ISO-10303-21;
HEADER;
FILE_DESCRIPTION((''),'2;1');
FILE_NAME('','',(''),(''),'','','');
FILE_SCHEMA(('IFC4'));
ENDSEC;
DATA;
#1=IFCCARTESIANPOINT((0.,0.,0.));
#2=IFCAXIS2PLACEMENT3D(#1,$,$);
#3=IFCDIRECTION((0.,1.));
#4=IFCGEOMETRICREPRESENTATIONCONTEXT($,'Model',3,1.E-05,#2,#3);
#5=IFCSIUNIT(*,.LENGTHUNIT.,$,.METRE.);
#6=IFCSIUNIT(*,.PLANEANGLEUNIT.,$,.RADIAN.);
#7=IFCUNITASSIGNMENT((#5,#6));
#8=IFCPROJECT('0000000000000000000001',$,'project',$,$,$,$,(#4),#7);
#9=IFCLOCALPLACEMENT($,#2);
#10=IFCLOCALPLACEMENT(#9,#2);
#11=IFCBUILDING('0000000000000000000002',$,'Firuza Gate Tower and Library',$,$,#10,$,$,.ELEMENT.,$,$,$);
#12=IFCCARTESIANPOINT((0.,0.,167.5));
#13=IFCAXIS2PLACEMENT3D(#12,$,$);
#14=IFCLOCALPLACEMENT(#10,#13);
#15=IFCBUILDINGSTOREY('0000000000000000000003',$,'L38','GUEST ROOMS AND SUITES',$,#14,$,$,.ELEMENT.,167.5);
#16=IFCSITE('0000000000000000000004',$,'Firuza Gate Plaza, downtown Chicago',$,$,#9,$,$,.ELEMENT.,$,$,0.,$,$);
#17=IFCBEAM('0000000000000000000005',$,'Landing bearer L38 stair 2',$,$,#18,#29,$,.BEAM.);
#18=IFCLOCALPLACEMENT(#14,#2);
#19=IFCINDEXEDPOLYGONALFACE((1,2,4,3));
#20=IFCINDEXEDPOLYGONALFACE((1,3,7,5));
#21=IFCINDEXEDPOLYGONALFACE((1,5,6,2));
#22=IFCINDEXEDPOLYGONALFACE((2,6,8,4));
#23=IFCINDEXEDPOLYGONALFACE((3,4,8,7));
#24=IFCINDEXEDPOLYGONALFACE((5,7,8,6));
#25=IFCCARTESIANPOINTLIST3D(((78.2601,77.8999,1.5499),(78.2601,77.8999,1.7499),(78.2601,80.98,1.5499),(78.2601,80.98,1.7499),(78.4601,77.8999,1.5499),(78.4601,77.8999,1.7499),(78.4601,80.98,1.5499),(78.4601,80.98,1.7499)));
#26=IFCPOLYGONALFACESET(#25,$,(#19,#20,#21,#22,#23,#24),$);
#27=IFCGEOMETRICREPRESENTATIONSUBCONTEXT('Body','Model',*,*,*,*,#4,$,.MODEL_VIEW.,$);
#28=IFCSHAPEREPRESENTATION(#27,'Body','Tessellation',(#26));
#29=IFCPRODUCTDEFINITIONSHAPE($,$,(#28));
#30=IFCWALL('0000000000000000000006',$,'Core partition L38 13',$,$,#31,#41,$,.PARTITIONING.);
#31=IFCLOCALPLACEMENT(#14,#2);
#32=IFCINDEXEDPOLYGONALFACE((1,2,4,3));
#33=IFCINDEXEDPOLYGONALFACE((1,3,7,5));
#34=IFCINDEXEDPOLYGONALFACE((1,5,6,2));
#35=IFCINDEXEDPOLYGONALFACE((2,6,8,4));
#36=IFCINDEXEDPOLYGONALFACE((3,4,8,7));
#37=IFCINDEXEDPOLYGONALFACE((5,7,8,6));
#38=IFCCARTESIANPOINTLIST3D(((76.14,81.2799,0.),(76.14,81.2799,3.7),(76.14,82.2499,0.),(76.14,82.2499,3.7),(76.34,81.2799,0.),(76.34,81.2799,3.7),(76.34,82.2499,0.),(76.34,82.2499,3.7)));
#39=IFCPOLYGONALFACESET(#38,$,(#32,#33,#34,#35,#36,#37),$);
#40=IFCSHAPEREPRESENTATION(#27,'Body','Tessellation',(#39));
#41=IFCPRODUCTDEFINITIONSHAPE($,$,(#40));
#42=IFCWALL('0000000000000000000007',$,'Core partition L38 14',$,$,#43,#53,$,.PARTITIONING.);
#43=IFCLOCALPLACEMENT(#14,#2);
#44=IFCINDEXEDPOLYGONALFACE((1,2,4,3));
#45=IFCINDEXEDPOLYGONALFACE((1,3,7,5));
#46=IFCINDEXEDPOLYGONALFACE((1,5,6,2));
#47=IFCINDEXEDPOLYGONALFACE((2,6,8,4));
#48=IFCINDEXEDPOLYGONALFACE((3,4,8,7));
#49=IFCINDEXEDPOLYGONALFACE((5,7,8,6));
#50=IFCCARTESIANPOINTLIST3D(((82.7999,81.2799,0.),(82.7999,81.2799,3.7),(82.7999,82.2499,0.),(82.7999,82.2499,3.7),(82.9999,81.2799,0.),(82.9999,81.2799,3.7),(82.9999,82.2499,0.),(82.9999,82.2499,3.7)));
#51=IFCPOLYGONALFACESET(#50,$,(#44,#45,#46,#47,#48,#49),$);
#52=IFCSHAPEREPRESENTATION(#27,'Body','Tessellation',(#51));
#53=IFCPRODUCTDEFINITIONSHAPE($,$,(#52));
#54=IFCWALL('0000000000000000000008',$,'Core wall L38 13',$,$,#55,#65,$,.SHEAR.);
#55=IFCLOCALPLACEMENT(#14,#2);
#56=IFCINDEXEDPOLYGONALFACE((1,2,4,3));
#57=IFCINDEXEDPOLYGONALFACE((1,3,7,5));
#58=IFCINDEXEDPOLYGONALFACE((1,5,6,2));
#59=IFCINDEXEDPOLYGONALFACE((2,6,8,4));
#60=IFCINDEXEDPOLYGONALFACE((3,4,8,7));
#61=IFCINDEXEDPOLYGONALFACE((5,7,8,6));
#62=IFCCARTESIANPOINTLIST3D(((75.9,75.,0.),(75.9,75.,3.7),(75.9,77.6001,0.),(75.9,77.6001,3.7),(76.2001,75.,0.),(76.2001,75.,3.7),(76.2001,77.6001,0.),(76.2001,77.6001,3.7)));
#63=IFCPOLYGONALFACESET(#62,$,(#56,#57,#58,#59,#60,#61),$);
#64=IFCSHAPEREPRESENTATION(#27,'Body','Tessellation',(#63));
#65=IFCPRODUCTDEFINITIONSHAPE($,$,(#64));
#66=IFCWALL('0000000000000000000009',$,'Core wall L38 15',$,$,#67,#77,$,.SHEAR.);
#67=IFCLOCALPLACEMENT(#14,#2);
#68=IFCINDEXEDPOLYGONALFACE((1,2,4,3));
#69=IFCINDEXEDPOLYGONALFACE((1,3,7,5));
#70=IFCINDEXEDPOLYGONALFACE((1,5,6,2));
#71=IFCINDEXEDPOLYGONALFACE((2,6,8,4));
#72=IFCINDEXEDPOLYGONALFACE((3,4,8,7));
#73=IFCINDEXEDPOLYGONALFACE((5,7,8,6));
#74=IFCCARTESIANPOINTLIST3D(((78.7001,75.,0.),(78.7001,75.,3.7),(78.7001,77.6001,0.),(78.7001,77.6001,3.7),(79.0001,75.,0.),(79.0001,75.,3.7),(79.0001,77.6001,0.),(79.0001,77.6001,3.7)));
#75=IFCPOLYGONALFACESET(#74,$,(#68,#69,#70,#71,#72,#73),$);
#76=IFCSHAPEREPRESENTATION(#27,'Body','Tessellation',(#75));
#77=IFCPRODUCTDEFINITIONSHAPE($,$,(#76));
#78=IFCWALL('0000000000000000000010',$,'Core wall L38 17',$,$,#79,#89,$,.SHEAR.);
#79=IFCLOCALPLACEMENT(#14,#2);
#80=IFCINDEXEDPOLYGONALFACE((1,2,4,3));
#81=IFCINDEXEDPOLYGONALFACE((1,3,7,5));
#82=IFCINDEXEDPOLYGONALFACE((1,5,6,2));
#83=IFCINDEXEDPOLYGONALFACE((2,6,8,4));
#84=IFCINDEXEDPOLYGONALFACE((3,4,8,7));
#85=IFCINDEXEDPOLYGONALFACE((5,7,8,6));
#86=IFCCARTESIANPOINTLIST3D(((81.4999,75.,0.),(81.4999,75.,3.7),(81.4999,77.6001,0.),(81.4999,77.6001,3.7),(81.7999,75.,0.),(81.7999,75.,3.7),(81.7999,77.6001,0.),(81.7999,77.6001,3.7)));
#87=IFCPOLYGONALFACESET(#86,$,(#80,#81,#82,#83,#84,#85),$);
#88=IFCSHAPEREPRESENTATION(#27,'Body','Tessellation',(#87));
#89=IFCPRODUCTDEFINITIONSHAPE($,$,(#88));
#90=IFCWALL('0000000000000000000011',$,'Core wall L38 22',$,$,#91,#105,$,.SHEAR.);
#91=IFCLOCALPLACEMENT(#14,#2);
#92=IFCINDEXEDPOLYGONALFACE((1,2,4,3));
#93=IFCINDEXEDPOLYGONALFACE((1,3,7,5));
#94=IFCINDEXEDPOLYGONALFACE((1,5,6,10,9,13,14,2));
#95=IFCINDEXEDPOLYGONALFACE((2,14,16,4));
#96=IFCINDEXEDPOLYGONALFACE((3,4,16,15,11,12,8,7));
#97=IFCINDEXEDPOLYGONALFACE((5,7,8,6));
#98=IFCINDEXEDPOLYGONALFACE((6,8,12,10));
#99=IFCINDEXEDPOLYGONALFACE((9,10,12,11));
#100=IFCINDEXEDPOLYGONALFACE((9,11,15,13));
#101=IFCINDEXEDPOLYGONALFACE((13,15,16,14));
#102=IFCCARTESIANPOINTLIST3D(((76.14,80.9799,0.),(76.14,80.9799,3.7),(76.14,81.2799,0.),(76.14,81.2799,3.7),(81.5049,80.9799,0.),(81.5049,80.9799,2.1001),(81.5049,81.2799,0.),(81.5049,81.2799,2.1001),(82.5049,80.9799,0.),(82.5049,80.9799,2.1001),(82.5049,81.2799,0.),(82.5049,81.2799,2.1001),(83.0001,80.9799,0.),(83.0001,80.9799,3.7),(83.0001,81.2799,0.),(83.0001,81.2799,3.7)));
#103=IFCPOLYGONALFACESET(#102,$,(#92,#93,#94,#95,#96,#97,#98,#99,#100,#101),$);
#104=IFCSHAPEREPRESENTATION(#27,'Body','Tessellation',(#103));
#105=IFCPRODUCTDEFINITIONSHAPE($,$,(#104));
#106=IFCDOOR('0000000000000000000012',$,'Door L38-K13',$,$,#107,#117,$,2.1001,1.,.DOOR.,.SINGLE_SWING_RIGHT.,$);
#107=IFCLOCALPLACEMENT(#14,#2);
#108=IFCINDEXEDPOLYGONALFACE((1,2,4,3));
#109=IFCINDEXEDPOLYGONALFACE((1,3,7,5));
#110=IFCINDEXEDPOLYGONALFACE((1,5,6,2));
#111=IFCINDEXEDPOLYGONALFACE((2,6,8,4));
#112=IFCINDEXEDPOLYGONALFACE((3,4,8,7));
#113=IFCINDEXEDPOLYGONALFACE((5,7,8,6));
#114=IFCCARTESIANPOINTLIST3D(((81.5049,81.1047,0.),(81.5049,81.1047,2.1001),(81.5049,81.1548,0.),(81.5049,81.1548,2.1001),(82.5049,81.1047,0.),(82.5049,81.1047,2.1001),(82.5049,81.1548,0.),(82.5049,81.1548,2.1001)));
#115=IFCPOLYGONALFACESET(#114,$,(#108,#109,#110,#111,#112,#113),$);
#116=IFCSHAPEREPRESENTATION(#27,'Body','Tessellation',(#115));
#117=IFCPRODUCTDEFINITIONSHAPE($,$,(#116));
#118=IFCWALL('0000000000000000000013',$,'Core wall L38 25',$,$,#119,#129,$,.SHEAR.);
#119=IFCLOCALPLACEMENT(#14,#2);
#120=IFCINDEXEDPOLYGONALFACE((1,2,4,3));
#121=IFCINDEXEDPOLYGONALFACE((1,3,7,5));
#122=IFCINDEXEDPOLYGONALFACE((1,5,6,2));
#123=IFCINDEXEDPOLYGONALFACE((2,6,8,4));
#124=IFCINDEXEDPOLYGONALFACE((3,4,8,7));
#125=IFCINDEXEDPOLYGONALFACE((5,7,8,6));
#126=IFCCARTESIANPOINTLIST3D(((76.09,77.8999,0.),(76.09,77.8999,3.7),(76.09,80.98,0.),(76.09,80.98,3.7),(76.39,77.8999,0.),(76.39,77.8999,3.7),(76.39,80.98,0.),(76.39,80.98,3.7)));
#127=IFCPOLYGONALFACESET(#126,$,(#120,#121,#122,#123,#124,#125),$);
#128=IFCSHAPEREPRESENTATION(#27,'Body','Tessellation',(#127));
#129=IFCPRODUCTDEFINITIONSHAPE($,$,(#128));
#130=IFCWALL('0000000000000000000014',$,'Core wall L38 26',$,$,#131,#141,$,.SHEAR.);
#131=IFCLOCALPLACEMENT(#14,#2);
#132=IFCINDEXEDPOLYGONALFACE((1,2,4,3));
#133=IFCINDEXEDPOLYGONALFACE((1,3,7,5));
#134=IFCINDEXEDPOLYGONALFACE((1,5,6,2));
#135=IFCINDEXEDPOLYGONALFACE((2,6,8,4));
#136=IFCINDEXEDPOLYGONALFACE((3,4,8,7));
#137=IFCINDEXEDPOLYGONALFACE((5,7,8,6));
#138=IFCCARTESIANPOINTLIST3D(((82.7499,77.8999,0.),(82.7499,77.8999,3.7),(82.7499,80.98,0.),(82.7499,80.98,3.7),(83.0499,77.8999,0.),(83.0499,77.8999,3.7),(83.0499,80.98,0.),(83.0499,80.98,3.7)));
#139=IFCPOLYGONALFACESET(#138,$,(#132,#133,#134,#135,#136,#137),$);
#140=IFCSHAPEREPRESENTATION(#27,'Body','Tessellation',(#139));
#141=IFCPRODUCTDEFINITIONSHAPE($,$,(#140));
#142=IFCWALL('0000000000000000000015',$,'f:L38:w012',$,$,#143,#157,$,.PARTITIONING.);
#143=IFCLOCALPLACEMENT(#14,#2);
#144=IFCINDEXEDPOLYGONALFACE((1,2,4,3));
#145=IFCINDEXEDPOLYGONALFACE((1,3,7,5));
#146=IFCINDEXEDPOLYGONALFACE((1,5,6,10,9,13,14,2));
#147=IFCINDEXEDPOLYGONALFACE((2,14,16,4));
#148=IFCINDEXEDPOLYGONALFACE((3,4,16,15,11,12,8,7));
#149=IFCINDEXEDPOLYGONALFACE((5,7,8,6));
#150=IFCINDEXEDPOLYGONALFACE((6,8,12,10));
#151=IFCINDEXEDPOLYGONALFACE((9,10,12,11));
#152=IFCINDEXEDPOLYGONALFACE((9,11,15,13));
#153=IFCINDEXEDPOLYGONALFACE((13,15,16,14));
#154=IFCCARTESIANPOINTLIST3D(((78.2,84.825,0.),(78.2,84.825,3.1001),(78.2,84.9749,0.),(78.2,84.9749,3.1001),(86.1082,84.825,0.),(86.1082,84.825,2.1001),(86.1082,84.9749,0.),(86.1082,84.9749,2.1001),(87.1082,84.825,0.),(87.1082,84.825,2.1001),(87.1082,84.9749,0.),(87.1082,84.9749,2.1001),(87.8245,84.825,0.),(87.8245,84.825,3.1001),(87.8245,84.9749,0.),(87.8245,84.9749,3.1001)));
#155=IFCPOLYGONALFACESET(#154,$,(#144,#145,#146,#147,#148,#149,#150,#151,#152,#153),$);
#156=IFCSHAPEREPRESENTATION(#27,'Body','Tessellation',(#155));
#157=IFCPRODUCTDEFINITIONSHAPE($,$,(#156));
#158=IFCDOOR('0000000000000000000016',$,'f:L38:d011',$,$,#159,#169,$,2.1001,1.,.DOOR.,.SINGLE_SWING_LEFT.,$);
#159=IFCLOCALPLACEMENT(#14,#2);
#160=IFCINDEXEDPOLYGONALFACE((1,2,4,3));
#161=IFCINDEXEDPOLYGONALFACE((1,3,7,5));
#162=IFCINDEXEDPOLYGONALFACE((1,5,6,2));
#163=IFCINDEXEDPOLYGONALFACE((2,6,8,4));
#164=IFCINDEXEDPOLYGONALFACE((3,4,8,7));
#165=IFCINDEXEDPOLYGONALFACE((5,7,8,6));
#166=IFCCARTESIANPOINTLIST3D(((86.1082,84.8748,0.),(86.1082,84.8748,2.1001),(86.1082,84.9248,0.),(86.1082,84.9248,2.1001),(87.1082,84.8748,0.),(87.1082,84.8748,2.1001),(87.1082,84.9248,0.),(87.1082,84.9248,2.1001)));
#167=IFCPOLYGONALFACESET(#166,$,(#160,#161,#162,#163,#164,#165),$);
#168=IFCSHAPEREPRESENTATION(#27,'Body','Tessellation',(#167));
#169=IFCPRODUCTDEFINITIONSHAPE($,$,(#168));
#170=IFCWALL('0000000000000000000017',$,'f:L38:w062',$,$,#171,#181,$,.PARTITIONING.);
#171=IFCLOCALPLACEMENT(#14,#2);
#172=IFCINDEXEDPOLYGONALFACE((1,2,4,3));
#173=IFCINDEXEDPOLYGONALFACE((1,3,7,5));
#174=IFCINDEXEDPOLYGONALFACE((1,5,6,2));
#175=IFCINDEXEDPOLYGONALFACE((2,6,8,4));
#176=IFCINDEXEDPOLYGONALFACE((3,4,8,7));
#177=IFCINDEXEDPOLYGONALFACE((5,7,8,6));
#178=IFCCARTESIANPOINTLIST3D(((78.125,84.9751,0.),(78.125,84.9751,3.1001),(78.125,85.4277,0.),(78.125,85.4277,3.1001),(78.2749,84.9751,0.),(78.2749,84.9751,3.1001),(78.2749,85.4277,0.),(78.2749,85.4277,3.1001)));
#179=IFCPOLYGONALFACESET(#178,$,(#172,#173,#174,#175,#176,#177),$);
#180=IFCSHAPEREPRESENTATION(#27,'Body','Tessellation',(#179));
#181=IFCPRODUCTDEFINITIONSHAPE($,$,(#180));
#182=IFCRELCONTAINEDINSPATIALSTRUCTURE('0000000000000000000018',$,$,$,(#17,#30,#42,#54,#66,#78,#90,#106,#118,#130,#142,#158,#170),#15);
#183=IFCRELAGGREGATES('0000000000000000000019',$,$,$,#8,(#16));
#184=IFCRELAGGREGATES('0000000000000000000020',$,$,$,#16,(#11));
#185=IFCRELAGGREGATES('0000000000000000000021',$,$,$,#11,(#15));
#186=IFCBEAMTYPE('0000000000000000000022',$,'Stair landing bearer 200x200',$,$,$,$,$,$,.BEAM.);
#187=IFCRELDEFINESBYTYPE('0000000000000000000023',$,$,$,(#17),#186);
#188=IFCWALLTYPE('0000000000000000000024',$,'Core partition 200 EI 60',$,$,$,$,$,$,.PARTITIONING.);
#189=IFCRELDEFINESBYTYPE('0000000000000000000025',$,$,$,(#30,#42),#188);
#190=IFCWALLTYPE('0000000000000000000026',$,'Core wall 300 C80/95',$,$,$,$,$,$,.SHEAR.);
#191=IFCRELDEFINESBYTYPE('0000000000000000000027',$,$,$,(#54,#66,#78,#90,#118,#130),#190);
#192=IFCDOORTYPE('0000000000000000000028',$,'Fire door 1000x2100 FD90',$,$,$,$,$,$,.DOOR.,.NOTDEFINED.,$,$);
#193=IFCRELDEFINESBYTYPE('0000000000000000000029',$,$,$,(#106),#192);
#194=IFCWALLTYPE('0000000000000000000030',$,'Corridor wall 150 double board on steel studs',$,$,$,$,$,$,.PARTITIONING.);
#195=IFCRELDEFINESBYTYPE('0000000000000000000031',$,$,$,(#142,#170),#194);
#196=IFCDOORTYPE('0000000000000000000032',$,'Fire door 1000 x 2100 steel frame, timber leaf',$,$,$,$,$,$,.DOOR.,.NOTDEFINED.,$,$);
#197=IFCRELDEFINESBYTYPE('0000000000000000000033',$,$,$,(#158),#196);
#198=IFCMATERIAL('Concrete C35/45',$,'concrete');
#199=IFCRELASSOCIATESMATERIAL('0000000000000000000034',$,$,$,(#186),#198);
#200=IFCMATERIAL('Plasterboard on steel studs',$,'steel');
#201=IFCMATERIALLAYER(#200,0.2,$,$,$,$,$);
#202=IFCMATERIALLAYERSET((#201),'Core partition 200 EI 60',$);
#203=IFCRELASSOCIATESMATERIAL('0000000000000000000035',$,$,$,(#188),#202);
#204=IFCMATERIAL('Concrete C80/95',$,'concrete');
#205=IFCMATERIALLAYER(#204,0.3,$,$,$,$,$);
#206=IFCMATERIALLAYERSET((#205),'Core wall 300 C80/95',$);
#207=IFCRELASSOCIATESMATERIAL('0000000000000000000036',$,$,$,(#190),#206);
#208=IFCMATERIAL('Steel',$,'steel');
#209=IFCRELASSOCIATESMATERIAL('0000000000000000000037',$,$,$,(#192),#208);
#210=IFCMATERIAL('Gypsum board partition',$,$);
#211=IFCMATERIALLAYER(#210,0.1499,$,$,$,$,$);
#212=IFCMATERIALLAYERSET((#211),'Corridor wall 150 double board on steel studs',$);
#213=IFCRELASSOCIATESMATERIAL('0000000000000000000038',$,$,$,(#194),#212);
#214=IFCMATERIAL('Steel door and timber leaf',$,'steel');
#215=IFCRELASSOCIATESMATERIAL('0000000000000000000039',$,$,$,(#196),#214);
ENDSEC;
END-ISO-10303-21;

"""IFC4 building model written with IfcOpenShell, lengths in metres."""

from ifc_helpers import new_model, si_unit, direction, frame, frame_2d, origin, origin_2d, place, context, subcontext, project, spatial, rectangle, extrude, material, layer, layer_set, material_profile, profile_set, type_object, element, fill, save


model = new_model("IFC4")

# Units and contexts
model_context = context("Model", 3, precision=1e-05, world=origin(), true_north=direction((0.0, 1.0)))
body_context = subcontext(model_context, "Body", "Model", "MODEL_VIEW")
ifc_project = project(units=[si_unit("LENGTHUNIT", "METRE"), si_unit("PLANEANGLEUNIT", "RADIAN")], contexts=[model_context])

# Site, building, storey
site_placement = place(None, origin())
site = spatial("IfcSite", under=ifc_project, at=site_placement, Name="Firuza Gate Plaza, downtown Chicago", CompositionType="ELEMENT", RefElevation=0.0)
building_placement = place(site_placement, origin())
building = spatial("IfcBuilding", under=site, at=building_placement, Name="Firuza Gate Tower and Library", CompositionType="ELEMENT")
storey_placement = place(building_placement, frame((0.0, 0.0, 167.5)))
storey = spatial("IfcBuildingStorey", under=building, at=storey_placement, Name="L38", Description="GUEST ROOMS AND SUITES", CompositionType="ELEMENT", Elevation=167.5)

# Beam
ifc_material_1 = material(Name="Concrete C35/45", Category="concrete")
ifc_material_profile = material_profile(ifc_material_1, rectangle(XDim=0.2, YDim=0.2, at=origin_2d()))
ifc_profile_set = profile_set([ifc_material_profile], Name="Concrete C35/45")
beam_type = type_object("IfcBeamType", Name="Stair landing bearer 200x200", PredefinedType="BEAM", material=ifc_profile_set)
beam_placement = place(storey_placement, frame((78.3601, 80.98, 1.6499), z_axis=(0.0, -1.0, 0.0), x_axis=(1.0, 0.0, 0.0)))
element("IfcBeam", 1, at=beam_placement, inside=storey, type_object=beam_type, Name="Landing bearer L38 stair 2", PredefinedType="BEAM", context=body_context, shape_type="SweptSolid", body=[
    extrude(rectangle(XDim=0.2, YDim=0.2, at=origin_2d()), origin(), (0.0, 0.0, 1.0), 3.0801),
])

# Walls
ifc_material_2 = material(Name="Plasterboard on steel studs", Category="steel")
ifc_layer_1 = layer(ifc_material_2, 0.2)
ifc_layer_set_1 = layer_set([ifc_layer_1], Name="Core partition 200 EI 60")
wall_type_1 = type_object("IfcWallType", Name="Core partition 200 EI 60", PredefinedType="PARTITIONING", material=ifc_layer_set_1)
for number, where, z_axis, x_axis, name in (
    (2, (76.24, 81.28, 0.0), (0.0, 0.0, 1.0), (0.0, 1.0, 0.0), "Core partition L38 13"),
    (3, (82.8999, 81.28, 0.0), (0.0, 0.0, 1.0), (0.0, 1.0, 0.0), "Core partition L38 14"),
):
    element("IfcWall", number, at=place(storey_placement, frame(where, z_axis=z_axis, x_axis=x_axis)), inside=storey, type_object=wall_type_1, Name=name, PredefinedType="PARTITIONING", context=body_context, shape_type="SweptSolid", body=[
        extrude(rectangle(XDim=0.97, YDim=0.2, at=frame_2d((0.4849, 0.0))), origin(), (0.0, 0.0, 1.0), 3.7),
    ])
ifc_material_3 = material(Name="Concrete C80/95", Category="concrete")
ifc_layer_2 = layer(ifc_material_3, 0.3)
ifc_layer_set_2 = layer_set([ifc_layer_2], Name="Core wall 300 C80/95")
wall_type_2 = type_object("IfcWallType", Name="Core wall 300 C80/95", PredefinedType="SHEAR", material=ifc_layer_set_2)
for number, where, z_axis, x_axis, name in (
    (4, (76.05, 75.0, 0.0), (0.0, 0.0, 1.0), (0.0, 1.0, 0.0), "Core wall L38 13"),
    (5, (78.8501, 75.0, 0.0), (0.0, 0.0, 1.0), (0.0, 1.0, 0.0), "Core wall L38 15"),
    (6, (81.6499, 75.0, 0.0), (0.0, 0.0, 1.0), (0.0, 1.0, 0.0), "Core wall L38 17"),
):
    element("IfcWall", number, at=place(storey_placement, frame(where, z_axis=z_axis, x_axis=x_axis)), inside=storey, type_object=wall_type_2, Name=name, PredefinedType="SHEAR", context=body_context, shape_type="SweptSolid", body=[
        extrude(rectangle(XDim=2.6001, YDim=0.3, at=frame_2d((1.3, 0.0))), origin(), (0.0, 0.0, 1.0), 3.7),
    ])

# Wall, opening, door
wall_1_placement = place(storey_placement, frame((76.1399, 81.1299, 0.0), z_axis=(0.0, 0.0, 1.0), x_axis=(1.0, 0.0, 0.0)))
wall_1 = element("IfcWall", 7, at=wall_1_placement, inside=storey, type_object=wall_type_2, Name="Core wall L38 22", PredefinedType="SHEAR", context=body_context, shape_type="SweptSolid", body=[
    extrude(rectangle(XDim=6.8601, YDim=0.3, at=frame_2d((3.4302, 0.0))), origin(), (0.0, 0.0, 1.0), 3.7),
])
opening_1_placement = place(wall_1_placement, frame((5.365, 0.0, 0.0)))
opening_1 = element("IfcOpeningElement", 8, at=opening_1_placement, cuts=wall_1, PredefinedType="OPENING", context=body_context, shape_type="SweptSolid", body=[
    extrude(rectangle(XDim=1.0, YDim=2.1001, at=frame_2d((0.5, 1.05))), frame((0.0, 0.1602, 0.0), z_axis=(0.0, -1.0, 0.0), x_axis=(1.0, 0.0, 0.0)), (0.0, 0.0, 1.0), 0.3201),
])
ifc_material_4 = material(Name="Steel", Category="steel")
door_type_1 = type_object("IfcDoorType", Name="Fire door 1000x2100 FD90", OperationType="NOTDEFINED", PredefinedType="DOOR", material=ifc_material_4)
door_1_placement = place(opening_1_placement, origin())
door_1 = element("IfcDoor", 9, at=door_1_placement, inside=storey, type_object=door_type_1, Name="Door L38-K13", OperationType="SINGLE_SWING_RIGHT", OverallHeight=2.1001, OverallWidth=1.0, PredefinedType="DOOR", context=body_context, shape_type="SweptSolid", body=[
    extrude(rectangle(XDim=1.0, YDim=2.1001, at=frame_2d((0.5, 1.05))), frame((0.0, 0.0249, 0.0), z_axis=(0.0, -1.0, 0.0), x_axis=(1.0, 0.0, 0.0)), (0.0, 0.0, 1.0), 0.05),
])
fill(opening_1, door_1)

# Walls
for number, where, z_axis, x_axis, name in (
    (10, (76.24, 77.8999, 0.0), (0.0, 0.0, 1.0), (0.0, 1.0, 0.0), "Core wall L38 25"),
    (11, (82.8999, 77.8999, 0.0), (0.0, 0.0, 1.0), (0.0, 1.0, 0.0), "Core wall L38 26"),
):
    element("IfcWall", number, at=place(storey_placement, frame(where, z_axis=z_axis, x_axis=x_axis)), inside=storey, type_object=wall_type_2, Name=name, PredefinedType="SHEAR", context=body_context, shape_type="SweptSolid", body=[
        extrude(rectangle(XDim=3.0801, YDim=0.3, at=frame_2d((1.54, 0.0))), origin(), (0.0, 0.0, 1.0), 3.7),
    ])

# Wall, opening, door
ifc_material_5 = material(Name="Gypsum board partition")
ifc_layer_3 = layer(ifc_material_5, 0.1499)
ifc_layer_set_3 = layer_set([ifc_layer_3], Name="Corridor wall 150 double board on steel studs")
wall_type_3 = type_object("IfcWallType", Name="Corridor wall 150 double board on steel studs", PredefinedType="PARTITIONING", material=ifc_layer_set_3)
wall_2_placement = place(storey_placement, frame((78.2, 84.8999, 0.0), z_axis=(0.0, 0.0, 1.0), x_axis=(1.0, 0.0, 0.0)))
wall_2 = element("IfcWall", 12, at=wall_2_placement, inside=storey, type_object=wall_type_3, Name="f:L38:w012", PredefinedType="PARTITIONING", context=body_context, shape_type="SweptSolid", body=[
    extrude(rectangle(XDim=9.6245, YDim=0.1499, at=frame_2d((4.8123, 0.0))), origin(), (0.0, 0.0, 1.0), 3.1001),
])
opening_2_placement = place(wall_2_placement, frame((7.9082, 0.0, 0.0)))
opening_2 = element("IfcOpeningElement", 13, at=opening_2_placement, cuts=wall_2, PredefinedType="OPENING", context=body_context, shape_type="SweptSolid", body=[
    extrude(rectangle(XDim=1.0, YDim=2.1001, at=frame_2d((0.5, 1.05))), frame((0.0, 0.085, 0.0), z_axis=(0.0, -1.0, 0.0), x_axis=(1.0, 0.0, 0.0)), (0.0, 0.0, 1.0), 0.1699),
])
ifc_material_6 = material(Name="Steel door and timber leaf", Category="steel")
door_type_2 = type_object("IfcDoorType", Name="Fire door 1000 x 2100 steel frame, timber leaf", OperationType="NOTDEFINED", PredefinedType="DOOR", material=ifc_material_6)
door_2_placement = place(opening_2_placement, origin())
door_2 = element("IfcDoor", 14, at=door_2_placement, inside=storey, type_object=door_type_2, Name="f:L38:d011", OperationType="SINGLE_SWING_LEFT", OverallHeight=2.1001, OverallWidth=1.0, PredefinedType="DOOR", context=body_context, shape_type="SweptSolid", body=[
    extrude(rectangle(XDim=1.0, YDim=2.1001, at=frame_2d((0.5, 1.05))), frame((0.0, 0.0249, 0.0), z_axis=(0.0, -1.0, 0.0), x_axis=(1.0, 0.0, 0.0)), (0.0, 0.0, 1.0), 0.05),
])
fill(opening_2, door_2)

# Wall
wall_3_placement = place(storey_placement, frame((78.2, 84.9751, 0.0), z_axis=(0.0, 0.0, 1.0), x_axis=(0.0, 1.0, 0.0)))
element("IfcWall", 15, at=wall_3_placement, inside=storey, type_object=wall_type_3, Name="f:L38:w062", PredefinedType="PARTITIONING", context=body_context, shape_type="SweptSolid", body=[
    extrude(rectangle(XDim=0.4526, YDim=0.1499, at=frame_2d((0.2263, 0.0))), origin(), (0.0, 0.0, 1.0), 3.1001),
])

save(model, "model.ifc")
